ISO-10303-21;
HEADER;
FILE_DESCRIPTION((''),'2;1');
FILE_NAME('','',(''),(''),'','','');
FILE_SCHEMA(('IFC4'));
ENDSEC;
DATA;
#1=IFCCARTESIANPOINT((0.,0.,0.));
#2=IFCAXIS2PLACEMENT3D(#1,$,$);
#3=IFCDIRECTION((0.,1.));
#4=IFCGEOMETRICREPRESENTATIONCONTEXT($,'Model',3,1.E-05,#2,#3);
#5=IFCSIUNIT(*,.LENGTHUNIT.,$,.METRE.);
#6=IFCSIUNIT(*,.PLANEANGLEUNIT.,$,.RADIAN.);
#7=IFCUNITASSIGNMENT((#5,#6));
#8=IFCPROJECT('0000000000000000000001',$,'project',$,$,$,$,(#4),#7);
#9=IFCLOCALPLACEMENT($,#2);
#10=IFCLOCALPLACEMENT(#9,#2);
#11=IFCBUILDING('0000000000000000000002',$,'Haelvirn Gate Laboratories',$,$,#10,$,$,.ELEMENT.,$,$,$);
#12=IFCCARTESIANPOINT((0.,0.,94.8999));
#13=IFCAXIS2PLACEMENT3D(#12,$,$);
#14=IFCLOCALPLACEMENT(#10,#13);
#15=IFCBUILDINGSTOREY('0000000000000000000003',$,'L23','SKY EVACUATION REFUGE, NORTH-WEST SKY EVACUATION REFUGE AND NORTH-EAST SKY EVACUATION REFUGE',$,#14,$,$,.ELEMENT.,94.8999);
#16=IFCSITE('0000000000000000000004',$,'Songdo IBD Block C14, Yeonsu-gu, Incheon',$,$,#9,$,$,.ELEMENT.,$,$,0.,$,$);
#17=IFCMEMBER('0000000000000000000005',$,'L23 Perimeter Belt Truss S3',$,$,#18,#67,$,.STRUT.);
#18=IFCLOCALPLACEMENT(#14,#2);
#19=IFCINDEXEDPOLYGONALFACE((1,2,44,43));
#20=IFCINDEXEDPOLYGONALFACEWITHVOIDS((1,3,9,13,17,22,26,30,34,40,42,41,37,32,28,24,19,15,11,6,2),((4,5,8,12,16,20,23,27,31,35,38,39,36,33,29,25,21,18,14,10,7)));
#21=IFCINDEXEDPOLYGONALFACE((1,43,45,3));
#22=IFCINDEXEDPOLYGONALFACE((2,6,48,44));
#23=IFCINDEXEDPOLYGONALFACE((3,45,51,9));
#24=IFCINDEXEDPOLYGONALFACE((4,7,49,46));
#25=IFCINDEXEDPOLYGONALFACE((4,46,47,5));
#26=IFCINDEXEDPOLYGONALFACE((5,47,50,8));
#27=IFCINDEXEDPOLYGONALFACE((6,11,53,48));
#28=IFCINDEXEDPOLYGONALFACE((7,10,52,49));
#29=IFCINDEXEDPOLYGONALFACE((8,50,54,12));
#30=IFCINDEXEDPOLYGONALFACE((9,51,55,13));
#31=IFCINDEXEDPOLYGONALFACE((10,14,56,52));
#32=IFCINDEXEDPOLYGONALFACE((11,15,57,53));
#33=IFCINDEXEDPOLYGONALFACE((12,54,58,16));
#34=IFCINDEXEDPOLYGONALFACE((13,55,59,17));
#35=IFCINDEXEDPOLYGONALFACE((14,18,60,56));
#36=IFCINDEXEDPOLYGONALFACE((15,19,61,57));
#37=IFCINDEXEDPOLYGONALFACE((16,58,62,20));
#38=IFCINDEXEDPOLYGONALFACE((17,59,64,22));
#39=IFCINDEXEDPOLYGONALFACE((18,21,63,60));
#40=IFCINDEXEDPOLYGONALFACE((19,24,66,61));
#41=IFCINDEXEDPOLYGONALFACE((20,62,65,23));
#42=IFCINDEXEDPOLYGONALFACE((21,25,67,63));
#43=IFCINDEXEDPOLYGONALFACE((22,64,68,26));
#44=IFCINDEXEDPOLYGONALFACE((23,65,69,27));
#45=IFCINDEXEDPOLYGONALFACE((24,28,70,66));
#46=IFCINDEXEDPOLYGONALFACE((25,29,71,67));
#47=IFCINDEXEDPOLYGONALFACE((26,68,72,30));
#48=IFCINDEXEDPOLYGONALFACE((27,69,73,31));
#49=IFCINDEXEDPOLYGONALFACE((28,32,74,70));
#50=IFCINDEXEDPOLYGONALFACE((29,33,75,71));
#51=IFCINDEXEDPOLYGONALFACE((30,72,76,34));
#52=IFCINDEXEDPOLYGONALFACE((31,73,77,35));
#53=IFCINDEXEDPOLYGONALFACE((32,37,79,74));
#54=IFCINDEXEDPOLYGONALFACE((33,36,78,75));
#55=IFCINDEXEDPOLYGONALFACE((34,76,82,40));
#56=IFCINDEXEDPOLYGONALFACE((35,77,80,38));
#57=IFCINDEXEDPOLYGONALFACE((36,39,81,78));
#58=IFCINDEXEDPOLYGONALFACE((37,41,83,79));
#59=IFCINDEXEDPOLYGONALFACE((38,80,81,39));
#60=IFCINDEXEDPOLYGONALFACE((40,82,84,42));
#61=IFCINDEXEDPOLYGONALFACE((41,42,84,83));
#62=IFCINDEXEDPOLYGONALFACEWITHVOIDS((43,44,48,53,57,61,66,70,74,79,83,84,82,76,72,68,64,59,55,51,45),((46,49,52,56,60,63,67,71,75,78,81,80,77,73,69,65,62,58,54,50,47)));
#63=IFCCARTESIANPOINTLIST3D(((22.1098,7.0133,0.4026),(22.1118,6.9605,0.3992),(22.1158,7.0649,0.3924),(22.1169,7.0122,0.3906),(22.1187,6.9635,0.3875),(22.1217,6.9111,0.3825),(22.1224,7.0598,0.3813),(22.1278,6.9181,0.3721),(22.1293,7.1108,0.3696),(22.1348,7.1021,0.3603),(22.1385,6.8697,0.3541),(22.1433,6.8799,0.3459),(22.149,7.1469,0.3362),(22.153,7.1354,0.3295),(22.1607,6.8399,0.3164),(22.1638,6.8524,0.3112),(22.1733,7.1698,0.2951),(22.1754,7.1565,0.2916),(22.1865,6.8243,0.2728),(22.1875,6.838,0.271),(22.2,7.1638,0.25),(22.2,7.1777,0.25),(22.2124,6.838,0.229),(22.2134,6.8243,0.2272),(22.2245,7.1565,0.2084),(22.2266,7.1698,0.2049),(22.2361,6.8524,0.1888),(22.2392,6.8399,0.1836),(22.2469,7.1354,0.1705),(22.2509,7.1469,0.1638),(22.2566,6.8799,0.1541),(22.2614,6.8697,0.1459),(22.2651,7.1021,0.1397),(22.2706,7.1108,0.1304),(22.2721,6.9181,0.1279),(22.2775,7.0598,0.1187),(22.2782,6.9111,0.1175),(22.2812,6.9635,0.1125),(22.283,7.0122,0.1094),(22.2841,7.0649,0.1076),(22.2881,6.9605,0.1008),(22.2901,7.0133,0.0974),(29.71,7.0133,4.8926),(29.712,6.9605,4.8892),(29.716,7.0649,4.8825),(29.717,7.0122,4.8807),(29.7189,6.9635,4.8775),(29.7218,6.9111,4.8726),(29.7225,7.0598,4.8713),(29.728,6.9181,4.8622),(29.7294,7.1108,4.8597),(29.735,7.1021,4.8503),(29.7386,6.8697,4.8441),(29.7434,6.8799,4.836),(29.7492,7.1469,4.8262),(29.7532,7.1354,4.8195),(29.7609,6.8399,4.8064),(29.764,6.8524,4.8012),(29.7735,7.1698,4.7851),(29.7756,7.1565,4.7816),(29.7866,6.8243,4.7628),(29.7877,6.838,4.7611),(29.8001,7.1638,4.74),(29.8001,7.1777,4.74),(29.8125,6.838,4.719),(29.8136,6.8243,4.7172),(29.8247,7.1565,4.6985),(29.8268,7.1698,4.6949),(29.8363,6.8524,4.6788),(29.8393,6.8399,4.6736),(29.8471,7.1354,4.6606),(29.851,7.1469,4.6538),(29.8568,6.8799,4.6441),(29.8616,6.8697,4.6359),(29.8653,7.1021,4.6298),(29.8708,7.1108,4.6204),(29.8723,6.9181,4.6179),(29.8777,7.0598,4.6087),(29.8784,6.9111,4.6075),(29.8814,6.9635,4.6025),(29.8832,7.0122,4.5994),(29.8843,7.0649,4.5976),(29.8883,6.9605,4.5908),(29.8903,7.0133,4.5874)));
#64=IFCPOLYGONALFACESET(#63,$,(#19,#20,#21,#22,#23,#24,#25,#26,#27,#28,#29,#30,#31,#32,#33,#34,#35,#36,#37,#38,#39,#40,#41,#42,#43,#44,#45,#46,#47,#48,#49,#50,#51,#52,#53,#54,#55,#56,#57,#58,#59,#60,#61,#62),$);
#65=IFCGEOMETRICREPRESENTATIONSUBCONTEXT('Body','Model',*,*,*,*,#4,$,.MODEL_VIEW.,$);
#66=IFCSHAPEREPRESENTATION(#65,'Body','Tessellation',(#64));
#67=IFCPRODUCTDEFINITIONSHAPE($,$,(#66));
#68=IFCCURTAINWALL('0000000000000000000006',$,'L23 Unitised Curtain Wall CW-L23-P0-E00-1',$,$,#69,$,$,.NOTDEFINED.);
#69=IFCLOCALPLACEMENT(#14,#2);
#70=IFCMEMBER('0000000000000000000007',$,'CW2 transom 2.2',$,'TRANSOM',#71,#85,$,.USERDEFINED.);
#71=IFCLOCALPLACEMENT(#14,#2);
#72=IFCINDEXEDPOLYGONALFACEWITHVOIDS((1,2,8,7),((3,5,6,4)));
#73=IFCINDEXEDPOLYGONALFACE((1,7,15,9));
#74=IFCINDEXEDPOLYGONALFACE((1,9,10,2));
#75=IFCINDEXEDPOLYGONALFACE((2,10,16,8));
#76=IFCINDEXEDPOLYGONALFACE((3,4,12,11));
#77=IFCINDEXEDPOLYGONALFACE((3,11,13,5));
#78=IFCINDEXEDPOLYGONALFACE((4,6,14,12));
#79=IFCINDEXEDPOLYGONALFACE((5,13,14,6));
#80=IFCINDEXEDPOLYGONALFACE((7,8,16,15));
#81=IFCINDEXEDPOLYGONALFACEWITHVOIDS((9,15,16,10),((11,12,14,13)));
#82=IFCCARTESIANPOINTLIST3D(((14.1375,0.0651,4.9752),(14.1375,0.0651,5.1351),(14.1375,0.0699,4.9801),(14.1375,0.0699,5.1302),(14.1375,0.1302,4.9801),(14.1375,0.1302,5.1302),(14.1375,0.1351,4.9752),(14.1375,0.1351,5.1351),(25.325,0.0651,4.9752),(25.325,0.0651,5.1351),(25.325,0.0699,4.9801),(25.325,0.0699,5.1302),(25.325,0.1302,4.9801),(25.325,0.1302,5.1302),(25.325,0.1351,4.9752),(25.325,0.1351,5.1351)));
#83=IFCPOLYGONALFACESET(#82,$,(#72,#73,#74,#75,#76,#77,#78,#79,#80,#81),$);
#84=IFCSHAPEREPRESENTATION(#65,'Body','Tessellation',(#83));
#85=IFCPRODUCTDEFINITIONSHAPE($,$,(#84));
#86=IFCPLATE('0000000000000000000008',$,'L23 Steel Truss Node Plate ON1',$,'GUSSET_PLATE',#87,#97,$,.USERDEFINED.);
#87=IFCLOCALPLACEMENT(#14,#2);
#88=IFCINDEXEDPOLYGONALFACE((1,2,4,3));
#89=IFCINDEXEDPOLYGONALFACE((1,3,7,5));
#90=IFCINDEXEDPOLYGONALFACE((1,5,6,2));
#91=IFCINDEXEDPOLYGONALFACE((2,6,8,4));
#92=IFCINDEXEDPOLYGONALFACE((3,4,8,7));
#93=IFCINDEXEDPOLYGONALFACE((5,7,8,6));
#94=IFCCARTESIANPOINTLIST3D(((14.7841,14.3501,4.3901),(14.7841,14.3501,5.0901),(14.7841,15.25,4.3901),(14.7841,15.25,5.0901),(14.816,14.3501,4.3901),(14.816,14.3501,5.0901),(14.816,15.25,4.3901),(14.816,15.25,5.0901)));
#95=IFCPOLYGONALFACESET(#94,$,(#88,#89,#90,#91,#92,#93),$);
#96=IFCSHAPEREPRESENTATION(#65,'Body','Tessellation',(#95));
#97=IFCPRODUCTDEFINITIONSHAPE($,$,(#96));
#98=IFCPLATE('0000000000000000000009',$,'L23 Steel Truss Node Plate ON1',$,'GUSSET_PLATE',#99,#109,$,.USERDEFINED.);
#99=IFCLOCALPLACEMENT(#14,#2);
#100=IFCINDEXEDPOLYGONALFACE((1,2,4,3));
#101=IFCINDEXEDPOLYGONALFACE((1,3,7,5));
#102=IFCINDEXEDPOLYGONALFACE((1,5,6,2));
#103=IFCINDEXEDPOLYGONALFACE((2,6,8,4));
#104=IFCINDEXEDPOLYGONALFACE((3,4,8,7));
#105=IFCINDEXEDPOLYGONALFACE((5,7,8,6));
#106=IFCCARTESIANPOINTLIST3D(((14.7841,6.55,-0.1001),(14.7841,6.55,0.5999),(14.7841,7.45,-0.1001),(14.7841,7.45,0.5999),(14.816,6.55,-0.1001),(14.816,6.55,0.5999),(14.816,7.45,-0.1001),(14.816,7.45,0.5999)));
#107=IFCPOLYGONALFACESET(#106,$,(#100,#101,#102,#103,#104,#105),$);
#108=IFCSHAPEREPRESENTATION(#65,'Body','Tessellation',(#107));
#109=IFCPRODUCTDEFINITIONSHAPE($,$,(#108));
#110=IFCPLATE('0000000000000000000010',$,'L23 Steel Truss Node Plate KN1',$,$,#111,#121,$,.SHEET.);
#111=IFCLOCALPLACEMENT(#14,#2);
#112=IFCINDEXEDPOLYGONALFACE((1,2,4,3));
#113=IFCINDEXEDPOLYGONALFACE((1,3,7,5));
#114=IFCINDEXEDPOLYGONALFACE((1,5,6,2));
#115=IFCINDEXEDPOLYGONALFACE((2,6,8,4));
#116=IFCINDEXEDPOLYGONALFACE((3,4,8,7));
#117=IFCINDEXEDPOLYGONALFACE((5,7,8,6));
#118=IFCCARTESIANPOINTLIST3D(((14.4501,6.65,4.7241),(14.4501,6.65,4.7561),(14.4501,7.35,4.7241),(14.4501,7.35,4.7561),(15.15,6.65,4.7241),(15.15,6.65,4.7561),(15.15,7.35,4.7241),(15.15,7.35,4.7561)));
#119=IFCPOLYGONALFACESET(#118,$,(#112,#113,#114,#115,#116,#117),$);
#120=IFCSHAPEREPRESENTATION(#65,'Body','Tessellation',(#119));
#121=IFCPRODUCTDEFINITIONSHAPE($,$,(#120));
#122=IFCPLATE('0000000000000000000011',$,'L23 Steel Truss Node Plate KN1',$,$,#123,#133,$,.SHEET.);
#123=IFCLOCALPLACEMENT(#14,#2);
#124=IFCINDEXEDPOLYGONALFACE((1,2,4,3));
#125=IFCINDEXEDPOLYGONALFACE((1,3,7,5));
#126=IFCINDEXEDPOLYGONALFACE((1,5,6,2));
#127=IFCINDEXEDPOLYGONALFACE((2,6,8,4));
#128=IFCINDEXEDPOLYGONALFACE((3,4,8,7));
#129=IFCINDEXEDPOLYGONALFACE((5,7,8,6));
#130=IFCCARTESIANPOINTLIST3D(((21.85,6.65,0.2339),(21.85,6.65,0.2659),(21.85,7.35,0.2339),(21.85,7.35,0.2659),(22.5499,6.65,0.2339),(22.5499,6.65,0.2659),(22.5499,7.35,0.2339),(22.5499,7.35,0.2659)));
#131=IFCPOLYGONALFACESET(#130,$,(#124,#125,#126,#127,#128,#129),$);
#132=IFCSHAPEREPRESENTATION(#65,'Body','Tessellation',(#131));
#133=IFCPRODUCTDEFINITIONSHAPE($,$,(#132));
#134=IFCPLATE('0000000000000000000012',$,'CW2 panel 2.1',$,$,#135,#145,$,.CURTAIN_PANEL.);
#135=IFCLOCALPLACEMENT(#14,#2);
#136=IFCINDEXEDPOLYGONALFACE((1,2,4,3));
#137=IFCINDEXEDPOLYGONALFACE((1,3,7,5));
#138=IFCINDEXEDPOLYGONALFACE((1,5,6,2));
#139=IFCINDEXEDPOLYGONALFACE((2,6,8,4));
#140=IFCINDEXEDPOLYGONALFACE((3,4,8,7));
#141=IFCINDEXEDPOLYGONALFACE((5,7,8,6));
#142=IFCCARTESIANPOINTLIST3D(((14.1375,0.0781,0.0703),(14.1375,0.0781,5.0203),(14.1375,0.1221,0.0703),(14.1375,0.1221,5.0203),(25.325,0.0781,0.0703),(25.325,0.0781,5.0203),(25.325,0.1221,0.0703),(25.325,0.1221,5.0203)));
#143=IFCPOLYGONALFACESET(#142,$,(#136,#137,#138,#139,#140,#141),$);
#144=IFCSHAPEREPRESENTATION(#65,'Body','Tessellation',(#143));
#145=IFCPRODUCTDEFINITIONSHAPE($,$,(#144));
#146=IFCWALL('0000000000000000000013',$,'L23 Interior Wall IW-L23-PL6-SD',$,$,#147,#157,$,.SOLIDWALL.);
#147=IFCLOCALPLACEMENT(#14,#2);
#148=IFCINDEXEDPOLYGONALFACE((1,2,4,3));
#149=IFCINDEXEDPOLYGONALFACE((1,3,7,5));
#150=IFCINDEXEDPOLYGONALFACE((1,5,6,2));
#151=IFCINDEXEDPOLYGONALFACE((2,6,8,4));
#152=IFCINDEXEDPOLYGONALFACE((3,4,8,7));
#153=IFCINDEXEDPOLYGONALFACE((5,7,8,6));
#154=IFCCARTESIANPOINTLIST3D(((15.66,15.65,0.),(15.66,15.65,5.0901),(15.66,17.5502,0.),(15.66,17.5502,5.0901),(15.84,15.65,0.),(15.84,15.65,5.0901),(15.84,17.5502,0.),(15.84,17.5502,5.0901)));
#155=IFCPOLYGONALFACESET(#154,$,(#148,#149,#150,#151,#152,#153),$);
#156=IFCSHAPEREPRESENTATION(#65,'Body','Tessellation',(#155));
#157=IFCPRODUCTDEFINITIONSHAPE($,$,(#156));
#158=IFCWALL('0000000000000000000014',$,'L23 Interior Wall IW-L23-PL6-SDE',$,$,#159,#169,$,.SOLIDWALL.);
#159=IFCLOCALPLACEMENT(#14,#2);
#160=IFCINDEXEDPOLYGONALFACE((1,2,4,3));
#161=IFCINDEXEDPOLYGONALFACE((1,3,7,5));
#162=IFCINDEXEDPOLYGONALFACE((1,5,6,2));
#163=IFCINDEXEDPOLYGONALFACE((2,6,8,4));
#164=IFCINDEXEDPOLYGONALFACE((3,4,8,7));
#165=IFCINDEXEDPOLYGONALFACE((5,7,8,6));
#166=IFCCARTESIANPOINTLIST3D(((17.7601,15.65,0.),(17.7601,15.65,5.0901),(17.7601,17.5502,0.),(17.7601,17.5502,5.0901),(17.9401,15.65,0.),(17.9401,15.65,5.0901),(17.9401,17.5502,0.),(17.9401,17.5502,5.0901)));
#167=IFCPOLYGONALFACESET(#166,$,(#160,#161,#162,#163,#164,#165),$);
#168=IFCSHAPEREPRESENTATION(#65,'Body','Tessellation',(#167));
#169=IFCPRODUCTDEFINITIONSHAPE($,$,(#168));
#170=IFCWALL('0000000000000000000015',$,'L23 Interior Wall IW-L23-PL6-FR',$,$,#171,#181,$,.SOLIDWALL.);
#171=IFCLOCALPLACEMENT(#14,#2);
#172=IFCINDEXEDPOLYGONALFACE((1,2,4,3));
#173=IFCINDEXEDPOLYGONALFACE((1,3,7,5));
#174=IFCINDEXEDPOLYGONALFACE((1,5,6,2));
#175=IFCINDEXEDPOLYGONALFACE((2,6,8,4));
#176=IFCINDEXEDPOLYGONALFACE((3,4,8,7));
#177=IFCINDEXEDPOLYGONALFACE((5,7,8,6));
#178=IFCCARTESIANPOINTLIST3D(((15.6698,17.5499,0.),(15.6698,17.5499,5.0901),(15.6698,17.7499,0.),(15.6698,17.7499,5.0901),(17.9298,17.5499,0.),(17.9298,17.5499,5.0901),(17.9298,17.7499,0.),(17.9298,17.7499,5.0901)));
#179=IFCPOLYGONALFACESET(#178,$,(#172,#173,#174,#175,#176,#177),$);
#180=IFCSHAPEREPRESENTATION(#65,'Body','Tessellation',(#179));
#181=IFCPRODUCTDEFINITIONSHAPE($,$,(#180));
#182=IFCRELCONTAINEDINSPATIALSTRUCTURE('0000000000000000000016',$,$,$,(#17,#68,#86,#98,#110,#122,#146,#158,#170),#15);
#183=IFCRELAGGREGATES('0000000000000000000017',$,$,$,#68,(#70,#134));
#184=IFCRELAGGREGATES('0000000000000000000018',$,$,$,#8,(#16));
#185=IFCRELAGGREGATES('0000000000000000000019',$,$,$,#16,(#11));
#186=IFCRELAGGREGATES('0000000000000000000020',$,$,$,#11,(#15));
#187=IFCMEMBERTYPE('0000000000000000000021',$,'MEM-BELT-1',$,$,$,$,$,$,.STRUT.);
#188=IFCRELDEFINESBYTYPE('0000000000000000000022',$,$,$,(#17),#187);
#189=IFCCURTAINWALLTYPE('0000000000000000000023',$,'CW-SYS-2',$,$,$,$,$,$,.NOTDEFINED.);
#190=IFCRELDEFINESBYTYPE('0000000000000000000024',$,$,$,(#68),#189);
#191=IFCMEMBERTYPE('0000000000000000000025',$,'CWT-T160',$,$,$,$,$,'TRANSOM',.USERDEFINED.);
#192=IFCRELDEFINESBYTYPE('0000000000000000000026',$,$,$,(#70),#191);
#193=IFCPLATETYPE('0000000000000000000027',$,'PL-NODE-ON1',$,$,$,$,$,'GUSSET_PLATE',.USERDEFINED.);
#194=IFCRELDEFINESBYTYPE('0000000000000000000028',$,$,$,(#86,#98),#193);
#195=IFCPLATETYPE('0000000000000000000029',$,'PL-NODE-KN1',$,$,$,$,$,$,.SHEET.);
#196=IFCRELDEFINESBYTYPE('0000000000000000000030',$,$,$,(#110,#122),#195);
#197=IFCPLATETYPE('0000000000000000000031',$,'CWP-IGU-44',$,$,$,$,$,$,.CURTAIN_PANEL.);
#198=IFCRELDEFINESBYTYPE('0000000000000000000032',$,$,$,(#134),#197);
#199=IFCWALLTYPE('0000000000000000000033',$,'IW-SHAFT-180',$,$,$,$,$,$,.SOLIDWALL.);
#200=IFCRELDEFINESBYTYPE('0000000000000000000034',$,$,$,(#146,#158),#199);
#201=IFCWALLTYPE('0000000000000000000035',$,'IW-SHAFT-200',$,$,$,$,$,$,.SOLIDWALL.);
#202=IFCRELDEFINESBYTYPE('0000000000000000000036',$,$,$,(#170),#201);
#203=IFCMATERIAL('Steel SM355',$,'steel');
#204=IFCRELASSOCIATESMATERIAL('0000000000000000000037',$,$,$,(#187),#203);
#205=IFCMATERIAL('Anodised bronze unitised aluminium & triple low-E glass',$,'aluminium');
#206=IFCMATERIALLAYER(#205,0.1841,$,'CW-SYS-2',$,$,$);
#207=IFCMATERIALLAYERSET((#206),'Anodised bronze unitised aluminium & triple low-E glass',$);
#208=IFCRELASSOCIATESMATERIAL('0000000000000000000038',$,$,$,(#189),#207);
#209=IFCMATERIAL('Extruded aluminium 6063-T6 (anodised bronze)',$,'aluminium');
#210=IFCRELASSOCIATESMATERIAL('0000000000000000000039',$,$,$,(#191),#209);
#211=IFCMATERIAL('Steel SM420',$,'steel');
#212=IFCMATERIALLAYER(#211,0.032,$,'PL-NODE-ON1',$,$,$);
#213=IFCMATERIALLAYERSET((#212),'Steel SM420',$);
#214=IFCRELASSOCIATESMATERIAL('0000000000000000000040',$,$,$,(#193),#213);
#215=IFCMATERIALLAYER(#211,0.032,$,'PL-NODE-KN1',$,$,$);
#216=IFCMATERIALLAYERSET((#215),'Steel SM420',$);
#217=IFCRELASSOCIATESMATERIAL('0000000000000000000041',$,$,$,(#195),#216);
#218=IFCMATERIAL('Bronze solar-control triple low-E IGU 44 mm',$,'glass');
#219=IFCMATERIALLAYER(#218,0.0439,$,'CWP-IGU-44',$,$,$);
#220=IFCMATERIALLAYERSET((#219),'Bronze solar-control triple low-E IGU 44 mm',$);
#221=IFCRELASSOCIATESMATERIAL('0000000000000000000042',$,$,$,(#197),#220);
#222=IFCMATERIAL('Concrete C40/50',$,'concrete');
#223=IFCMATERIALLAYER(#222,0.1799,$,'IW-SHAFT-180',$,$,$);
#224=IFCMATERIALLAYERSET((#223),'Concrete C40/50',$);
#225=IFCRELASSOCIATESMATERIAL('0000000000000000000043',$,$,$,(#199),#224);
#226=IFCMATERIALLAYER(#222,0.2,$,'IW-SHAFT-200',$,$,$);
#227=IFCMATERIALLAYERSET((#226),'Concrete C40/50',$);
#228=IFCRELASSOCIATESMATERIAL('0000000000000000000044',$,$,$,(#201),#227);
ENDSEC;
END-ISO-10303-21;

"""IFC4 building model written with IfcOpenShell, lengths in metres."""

from ifc_helpers import new_model, si_unit, direction, frame, frame_2d, origin, origin_2d, place, context, subcontext, project, spatial, rectangle, hollow_rectangle, hollow_circle, extrude, source, transform, mapped, material, layer, layer_set, material_profile, profile_set, type_object, type_shapes, element, aggregate, save


model = new_model("IFC4")

# Units and contexts
model_context = context("Model", 3, precision=1e-05, world=origin(), true_north=direction((0.0, 1.0)))
body_context = subcontext(model_context, "Body", "Model", "MODEL_VIEW")
ifc_project = project(units=[si_unit("LENGTHUNIT", "METRE"), si_unit("PLANEANGLEUNIT", "RADIAN")], contexts=[model_context])

# Site, building, storey
site_placement = place(None, origin())
site = spatial("IfcSite", under=ifc_project, at=site_placement, Name="Songdo IBD Block C14, Yeonsu-gu, Incheon", CompositionType="ELEMENT", RefElevation=0.0)
building_placement = place(site_placement, origin())
building = spatial("IfcBuilding", under=site, at=building_placement, Name="Haelvirn Gate Laboratories", CompositionType="ELEMENT")
storey_placement = place(building_placement, frame((0.0, 0.0, 94.8999)))
storey = spatial("IfcBuildingStorey", under=building, at=storey_placement, Name="L23", Description="SKY EVACUATION REFUGE, NORTH-WEST SKY EVACUATION REFUGE AND NORTH-EAST SKY EVACUATION REFUGE", CompositionType="ELEMENT", Elevation=94.8999)

# Shared definitions
ifc_material_1 = material(Name="Steel SM355", Category="steel")
ifc_material_2 = material(Name="Steel SM420", Category="steel")

# Member
ifc_material_profile_1 = material_profile(ifc_material_1, hollow_circle(Radius=0.1777, WallThickness=0.0139, at=origin_2d()), Name="CHS-355x14")
ifc_profile_set_1 = profile_set([ifc_material_profile_1], Name="Steel SM355")
member_type_1 = type_object("IfcMemberType", Name="MEM-BELT-1", PredefinedType="STRUT", material=ifc_profile_set_1)
shared_shape_1 = source(origin(), body_context, "Body", "SweptSolid", [
    extrude(hollow_circle(Radius=0.1777, WallThickness=0.0139, at=origin_2d()), origin(), (0.0, 0.0, 1.0), 8.8274),
])
member_1_placement = place(storey_placement, frame((22.2, 7.0, 0.25), z_axis=(0.860975, 0.0, 0.508647), x_axis=(0.0, 1.0, 0.0)))
element("IfcMember", 1, at=member_1_placement, inside=storey, type_object=member_type_1, Name="L23 Perimeter Belt Truss S3", PredefinedType="STRUT", context=body_context, shape_type="MappedRepresentation", body=[
    mapped(shared_shape_1, transform((0.0, 0.0, 0.0), scale=1.0)),
])

# Curtain wall, member
ifc_material_3 = material(Name="Anodised bronze unitised aluminium & triple low-E glass", Category="aluminium")
ifc_layer_1 = layer(ifc_material_3, 0.1841, Name="CW-SYS-2")
ifc_layer_set_1 = layer_set([ifc_layer_1], Name="Anodised bronze unitised aluminium & triple low-E glass")
curtain_wall_type = type_object("IfcCurtainWallType", Name="CW-SYS-2", PredefinedType="NOTDEFINED", material=ifc_layer_set_1)
curtain_wall_placement = place(storey_placement, origin())
curtain_wall = element("IfcCurtainWall", 2, at=curtain_wall_placement, inside=storey, type_object=curtain_wall_type, Name="L23 Unitised Curtain Wall CW-L23-P0-E00-1", PredefinedType="NOTDEFINED")
ifc_material_4 = material(Name="Extruded aluminium 6063-T6 (anodised bronze)", Category="aluminium")
ifc_material_profile_2 = material_profile(ifc_material_4, hollow_rectangle(XDim=0.0701, YDim=0.1599, WallThickness=0.0049, at=origin_2d()), Name="CWT-160x70x5")
ifc_profile_set_2 = profile_set([ifc_material_profile_2], Name="Extruded aluminium 6063-T6 (anodised bronze)")
member_type_2 = type_object("IfcMemberType", Name="CWT-T160", ElementType="TRANSOM", PredefinedType="USERDEFINED", material=ifc_profile_set_2)
shared_shape_2 = source(origin(), body_context, "Body", "SweptSolid", [
    extrude(hollow_rectangle(XDim=0.0701, YDim=0.1599, WallThickness=0.0049, at=origin_2d()), origin(), (0.0, 0.0, 1.0), 11.1875),
])
type_shapes(member_type_2, [shared_shape_2])
member_2_placement = place(storey_placement, frame((14.1375, 0.1001, 5.0552), z_axis=(1.0, 0.0, 0.0), x_axis=(0.0, 1.0, 0.0)))
member_2 = element("IfcMember", 3, at=member_2_placement, type_object=member_type_2, Name="CW2 transom 2.2", ObjectType="TRANSOM", PredefinedType="USERDEFINED", context=body_context, shape_type="MappedRepresentation", body=[
    mapped(shared_shape_2, transform((0.0, 0.0, 0.0), scale=1.0)),
])

# Plates
ifc_layer_2 = layer(ifc_material_2, 0.032, Name="PL-NODE-ON1")
ifc_layer_set_2 = layer_set([ifc_layer_2], Name="Steel SM420")
plate_type_1 = type_object("IfcPlateType", Name="PL-NODE-ON1", ElementType="GUSSET_PLATE", PredefinedType="USERDEFINED", material=ifc_layer_set_2)
shared_shape_3 = source(origin(), body_context, "Body", "SweptSolid", [
    extrude(rectangle(XDim=0.8999, YDim=0.032, at=origin_2d()), origin(), (0.0, 0.0, 1.0), 0.7),
])
type_shapes(plate_type_1, [shared_shape_3])
for number, where, z_axis, x_axis, name in (
    (4, (14.8, 14.8, 4.3901), (0.0, 0.0, 1.0), (0.0, 1.0, 0.0), "L23 Steel Truss Node Plate ON1"),
    (5, (14.8, 7.0, -0.1001), (0.0, 0.0, 1.0), (0.0, 1.0, 0.0), "L23 Steel Truss Node Plate ON1"),
):
    element("IfcPlate", number, at=place(storey_placement, frame(where, z_axis=z_axis, x_axis=x_axis)), inside=storey, type_object=plate_type_1, Name=name, ObjectType="GUSSET_PLATE", PredefinedType="USERDEFINED", context=body_context, shape_type="MappedRepresentation", body=[
        mapped(shared_shape_3, transform((0.0, 0.0, 0.0), scale=1.0)),
    ])
ifc_layer_3 = layer(ifc_material_2, 0.032, Name="PL-NODE-KN1")
ifc_layer_set_3 = layer_set([ifc_layer_3], Name="Steel SM420")
plate_type_2 = type_object("IfcPlateType", Name="PL-NODE-KN1", PredefinedType="SHEET", material=ifc_layer_set_3)
shared_shape_4 = source(origin(), body_context, "Body", "SweptSolid", [
    extrude(rectangle(XDim=0.7, YDim=0.7, at=origin_2d()), origin(), (0.0, 0.0, 1.0), 0.032),
])
type_shapes(plate_type_2, [shared_shape_4])
for number, where, z_axis, x_axis, name in (
    (6, (14.8, 7.0, 4.7241), (0.0, 0.0, 1.0), (1.0, 0.0, 0.0), "L23 Steel Truss Node Plate KN1"),
    (7, (22.2, 7.0, 0.2339), (0.0, 0.0, 1.0), (1.0, 0.0, 0.0), "L23 Steel Truss Node Plate KN1"),
):
    element("IfcPlate", number, at=place(storey_placement, frame(where, z_axis=z_axis, x_axis=x_axis)), inside=storey, type_object=plate_type_2, Name=name, PredefinedType="SHEET", context=body_context, shape_type="MappedRepresentation", body=[
        mapped(shared_shape_4, transform((0.0, 0.0, 0.0), scale=1.0)),
    ])

# Plate
ifc_material_5 = material(Name="Bronze solar-control triple low-E IGU 44 mm", Category="glass")
ifc_layer_4 = layer(ifc_material_5, 0.0439, Name="CWP-IGU-44")
ifc_layer_set_4 = layer_set([ifc_layer_4], Name="Bronze solar-control triple low-E IGU 44 mm")
plate_type_3 = type_object("IfcPlateType", Name="CWP-IGU-44", PredefinedType="CURTAIN_PANEL", material=ifc_layer_set_4)
shared_shape_5 = source(origin(), body_context, "Body", "SweptSolid", [
    extrude(rectangle(XDim=11.1875, YDim=0.0439, at=origin_2d()), origin(), (0.0, 0.0, 1.0), 4.95),
])
type_shapes(plate_type_3, [shared_shape_5])
plate_placement = place(storey_placement, frame((19.7312, 0.1001, 0.0703), z_axis=(0.0, 0.0, 1.0), x_axis=(1.0, 0.0, 0.0)))
plate = element("IfcPlate", 8, at=plate_placement, type_object=plate_type_3, Name="CW2 panel 2.1", PredefinedType="CURTAIN_PANEL", context=body_context, shape_type="MappedRepresentation", body=[
    mapped(shared_shape_5, transform((0.0, 0.0, 0.0), scale=1.0)),
])
aggregate(curtain_wall, [member_2, plate])

# Walls
ifc_material_6 = material(Name="Concrete C40/50", Category="concrete")
ifc_layer_5 = layer(ifc_material_6, 0.1799, Name="IW-SHAFT-180")
ifc_layer_set_5 = layer_set([ifc_layer_5], Name="Concrete C40/50")
wall_type_1 = type_object("IfcWallType", Name="IW-SHAFT-180", PredefinedType="SOLIDWALL", material=ifc_layer_set_5)
for number, where, z_axis, x_axis, name in (
    (9, (15.75, 15.6499, 0.0), (0.0, 0.0, 1.0), (0.0, 1.0, 0.0), "L23 Interior Wall IW-L23-PL6-SD"),
    (10, (17.8501, 15.6499, 0.0), (0.0, 0.0, 1.0), (0.0, 1.0, 0.0), "L23 Interior Wall IW-L23-PL6-SDE"),
):
    element("IfcWall", number, at=place(storey_placement, frame(where, z_axis=z_axis, x_axis=x_axis)), inside=storey, type_object=wall_type_1, Name=name, PredefinedType="SOLIDWALL", context=body_context, shape_type="SweptSolid", body=[
        extrude(rectangle(XDim=1.9001, YDim=0.1799, at=frame_2d((0.9502, 0.0))), origin(), (0.0, 0.0, 1.0), 5.0901),
    ])
ifc_layer_6 = layer(ifc_material_6, 0.2, Name="IW-SHAFT-200")
ifc_layer_set_6 = layer_set([ifc_layer_6], Name="Concrete C40/50")
wall_type_2 = type_object("IfcWallType", Name="IW-SHAFT-200", PredefinedType="SOLIDWALL", material=ifc_layer_set_6)
for number, where, z_axis, x_axis, name in (
    (11, (15.6699, 17.6499, 0.0), (0.0, 0.0, 1.0), (1.0, 0.0, 0.0), "L23 Interior Wall IW-L23-PL6-FR"),
):
    element("IfcWall", number, at=place(storey_placement, frame(where, z_axis=z_axis, x_axis=x_axis)), inside=storey, type_object=wall_type_2, Name=name, PredefinedType="SOLIDWALL", context=body_context, shape_type="SweptSolid", body=[
        extrude(rectangle(XDim=2.26, YDim=0.2, at=frame_2d((1.1299, 0.0))), origin(), (0.0, 0.0, 1.0), 5.0901),
    ])

save(model, "model.ifc")
